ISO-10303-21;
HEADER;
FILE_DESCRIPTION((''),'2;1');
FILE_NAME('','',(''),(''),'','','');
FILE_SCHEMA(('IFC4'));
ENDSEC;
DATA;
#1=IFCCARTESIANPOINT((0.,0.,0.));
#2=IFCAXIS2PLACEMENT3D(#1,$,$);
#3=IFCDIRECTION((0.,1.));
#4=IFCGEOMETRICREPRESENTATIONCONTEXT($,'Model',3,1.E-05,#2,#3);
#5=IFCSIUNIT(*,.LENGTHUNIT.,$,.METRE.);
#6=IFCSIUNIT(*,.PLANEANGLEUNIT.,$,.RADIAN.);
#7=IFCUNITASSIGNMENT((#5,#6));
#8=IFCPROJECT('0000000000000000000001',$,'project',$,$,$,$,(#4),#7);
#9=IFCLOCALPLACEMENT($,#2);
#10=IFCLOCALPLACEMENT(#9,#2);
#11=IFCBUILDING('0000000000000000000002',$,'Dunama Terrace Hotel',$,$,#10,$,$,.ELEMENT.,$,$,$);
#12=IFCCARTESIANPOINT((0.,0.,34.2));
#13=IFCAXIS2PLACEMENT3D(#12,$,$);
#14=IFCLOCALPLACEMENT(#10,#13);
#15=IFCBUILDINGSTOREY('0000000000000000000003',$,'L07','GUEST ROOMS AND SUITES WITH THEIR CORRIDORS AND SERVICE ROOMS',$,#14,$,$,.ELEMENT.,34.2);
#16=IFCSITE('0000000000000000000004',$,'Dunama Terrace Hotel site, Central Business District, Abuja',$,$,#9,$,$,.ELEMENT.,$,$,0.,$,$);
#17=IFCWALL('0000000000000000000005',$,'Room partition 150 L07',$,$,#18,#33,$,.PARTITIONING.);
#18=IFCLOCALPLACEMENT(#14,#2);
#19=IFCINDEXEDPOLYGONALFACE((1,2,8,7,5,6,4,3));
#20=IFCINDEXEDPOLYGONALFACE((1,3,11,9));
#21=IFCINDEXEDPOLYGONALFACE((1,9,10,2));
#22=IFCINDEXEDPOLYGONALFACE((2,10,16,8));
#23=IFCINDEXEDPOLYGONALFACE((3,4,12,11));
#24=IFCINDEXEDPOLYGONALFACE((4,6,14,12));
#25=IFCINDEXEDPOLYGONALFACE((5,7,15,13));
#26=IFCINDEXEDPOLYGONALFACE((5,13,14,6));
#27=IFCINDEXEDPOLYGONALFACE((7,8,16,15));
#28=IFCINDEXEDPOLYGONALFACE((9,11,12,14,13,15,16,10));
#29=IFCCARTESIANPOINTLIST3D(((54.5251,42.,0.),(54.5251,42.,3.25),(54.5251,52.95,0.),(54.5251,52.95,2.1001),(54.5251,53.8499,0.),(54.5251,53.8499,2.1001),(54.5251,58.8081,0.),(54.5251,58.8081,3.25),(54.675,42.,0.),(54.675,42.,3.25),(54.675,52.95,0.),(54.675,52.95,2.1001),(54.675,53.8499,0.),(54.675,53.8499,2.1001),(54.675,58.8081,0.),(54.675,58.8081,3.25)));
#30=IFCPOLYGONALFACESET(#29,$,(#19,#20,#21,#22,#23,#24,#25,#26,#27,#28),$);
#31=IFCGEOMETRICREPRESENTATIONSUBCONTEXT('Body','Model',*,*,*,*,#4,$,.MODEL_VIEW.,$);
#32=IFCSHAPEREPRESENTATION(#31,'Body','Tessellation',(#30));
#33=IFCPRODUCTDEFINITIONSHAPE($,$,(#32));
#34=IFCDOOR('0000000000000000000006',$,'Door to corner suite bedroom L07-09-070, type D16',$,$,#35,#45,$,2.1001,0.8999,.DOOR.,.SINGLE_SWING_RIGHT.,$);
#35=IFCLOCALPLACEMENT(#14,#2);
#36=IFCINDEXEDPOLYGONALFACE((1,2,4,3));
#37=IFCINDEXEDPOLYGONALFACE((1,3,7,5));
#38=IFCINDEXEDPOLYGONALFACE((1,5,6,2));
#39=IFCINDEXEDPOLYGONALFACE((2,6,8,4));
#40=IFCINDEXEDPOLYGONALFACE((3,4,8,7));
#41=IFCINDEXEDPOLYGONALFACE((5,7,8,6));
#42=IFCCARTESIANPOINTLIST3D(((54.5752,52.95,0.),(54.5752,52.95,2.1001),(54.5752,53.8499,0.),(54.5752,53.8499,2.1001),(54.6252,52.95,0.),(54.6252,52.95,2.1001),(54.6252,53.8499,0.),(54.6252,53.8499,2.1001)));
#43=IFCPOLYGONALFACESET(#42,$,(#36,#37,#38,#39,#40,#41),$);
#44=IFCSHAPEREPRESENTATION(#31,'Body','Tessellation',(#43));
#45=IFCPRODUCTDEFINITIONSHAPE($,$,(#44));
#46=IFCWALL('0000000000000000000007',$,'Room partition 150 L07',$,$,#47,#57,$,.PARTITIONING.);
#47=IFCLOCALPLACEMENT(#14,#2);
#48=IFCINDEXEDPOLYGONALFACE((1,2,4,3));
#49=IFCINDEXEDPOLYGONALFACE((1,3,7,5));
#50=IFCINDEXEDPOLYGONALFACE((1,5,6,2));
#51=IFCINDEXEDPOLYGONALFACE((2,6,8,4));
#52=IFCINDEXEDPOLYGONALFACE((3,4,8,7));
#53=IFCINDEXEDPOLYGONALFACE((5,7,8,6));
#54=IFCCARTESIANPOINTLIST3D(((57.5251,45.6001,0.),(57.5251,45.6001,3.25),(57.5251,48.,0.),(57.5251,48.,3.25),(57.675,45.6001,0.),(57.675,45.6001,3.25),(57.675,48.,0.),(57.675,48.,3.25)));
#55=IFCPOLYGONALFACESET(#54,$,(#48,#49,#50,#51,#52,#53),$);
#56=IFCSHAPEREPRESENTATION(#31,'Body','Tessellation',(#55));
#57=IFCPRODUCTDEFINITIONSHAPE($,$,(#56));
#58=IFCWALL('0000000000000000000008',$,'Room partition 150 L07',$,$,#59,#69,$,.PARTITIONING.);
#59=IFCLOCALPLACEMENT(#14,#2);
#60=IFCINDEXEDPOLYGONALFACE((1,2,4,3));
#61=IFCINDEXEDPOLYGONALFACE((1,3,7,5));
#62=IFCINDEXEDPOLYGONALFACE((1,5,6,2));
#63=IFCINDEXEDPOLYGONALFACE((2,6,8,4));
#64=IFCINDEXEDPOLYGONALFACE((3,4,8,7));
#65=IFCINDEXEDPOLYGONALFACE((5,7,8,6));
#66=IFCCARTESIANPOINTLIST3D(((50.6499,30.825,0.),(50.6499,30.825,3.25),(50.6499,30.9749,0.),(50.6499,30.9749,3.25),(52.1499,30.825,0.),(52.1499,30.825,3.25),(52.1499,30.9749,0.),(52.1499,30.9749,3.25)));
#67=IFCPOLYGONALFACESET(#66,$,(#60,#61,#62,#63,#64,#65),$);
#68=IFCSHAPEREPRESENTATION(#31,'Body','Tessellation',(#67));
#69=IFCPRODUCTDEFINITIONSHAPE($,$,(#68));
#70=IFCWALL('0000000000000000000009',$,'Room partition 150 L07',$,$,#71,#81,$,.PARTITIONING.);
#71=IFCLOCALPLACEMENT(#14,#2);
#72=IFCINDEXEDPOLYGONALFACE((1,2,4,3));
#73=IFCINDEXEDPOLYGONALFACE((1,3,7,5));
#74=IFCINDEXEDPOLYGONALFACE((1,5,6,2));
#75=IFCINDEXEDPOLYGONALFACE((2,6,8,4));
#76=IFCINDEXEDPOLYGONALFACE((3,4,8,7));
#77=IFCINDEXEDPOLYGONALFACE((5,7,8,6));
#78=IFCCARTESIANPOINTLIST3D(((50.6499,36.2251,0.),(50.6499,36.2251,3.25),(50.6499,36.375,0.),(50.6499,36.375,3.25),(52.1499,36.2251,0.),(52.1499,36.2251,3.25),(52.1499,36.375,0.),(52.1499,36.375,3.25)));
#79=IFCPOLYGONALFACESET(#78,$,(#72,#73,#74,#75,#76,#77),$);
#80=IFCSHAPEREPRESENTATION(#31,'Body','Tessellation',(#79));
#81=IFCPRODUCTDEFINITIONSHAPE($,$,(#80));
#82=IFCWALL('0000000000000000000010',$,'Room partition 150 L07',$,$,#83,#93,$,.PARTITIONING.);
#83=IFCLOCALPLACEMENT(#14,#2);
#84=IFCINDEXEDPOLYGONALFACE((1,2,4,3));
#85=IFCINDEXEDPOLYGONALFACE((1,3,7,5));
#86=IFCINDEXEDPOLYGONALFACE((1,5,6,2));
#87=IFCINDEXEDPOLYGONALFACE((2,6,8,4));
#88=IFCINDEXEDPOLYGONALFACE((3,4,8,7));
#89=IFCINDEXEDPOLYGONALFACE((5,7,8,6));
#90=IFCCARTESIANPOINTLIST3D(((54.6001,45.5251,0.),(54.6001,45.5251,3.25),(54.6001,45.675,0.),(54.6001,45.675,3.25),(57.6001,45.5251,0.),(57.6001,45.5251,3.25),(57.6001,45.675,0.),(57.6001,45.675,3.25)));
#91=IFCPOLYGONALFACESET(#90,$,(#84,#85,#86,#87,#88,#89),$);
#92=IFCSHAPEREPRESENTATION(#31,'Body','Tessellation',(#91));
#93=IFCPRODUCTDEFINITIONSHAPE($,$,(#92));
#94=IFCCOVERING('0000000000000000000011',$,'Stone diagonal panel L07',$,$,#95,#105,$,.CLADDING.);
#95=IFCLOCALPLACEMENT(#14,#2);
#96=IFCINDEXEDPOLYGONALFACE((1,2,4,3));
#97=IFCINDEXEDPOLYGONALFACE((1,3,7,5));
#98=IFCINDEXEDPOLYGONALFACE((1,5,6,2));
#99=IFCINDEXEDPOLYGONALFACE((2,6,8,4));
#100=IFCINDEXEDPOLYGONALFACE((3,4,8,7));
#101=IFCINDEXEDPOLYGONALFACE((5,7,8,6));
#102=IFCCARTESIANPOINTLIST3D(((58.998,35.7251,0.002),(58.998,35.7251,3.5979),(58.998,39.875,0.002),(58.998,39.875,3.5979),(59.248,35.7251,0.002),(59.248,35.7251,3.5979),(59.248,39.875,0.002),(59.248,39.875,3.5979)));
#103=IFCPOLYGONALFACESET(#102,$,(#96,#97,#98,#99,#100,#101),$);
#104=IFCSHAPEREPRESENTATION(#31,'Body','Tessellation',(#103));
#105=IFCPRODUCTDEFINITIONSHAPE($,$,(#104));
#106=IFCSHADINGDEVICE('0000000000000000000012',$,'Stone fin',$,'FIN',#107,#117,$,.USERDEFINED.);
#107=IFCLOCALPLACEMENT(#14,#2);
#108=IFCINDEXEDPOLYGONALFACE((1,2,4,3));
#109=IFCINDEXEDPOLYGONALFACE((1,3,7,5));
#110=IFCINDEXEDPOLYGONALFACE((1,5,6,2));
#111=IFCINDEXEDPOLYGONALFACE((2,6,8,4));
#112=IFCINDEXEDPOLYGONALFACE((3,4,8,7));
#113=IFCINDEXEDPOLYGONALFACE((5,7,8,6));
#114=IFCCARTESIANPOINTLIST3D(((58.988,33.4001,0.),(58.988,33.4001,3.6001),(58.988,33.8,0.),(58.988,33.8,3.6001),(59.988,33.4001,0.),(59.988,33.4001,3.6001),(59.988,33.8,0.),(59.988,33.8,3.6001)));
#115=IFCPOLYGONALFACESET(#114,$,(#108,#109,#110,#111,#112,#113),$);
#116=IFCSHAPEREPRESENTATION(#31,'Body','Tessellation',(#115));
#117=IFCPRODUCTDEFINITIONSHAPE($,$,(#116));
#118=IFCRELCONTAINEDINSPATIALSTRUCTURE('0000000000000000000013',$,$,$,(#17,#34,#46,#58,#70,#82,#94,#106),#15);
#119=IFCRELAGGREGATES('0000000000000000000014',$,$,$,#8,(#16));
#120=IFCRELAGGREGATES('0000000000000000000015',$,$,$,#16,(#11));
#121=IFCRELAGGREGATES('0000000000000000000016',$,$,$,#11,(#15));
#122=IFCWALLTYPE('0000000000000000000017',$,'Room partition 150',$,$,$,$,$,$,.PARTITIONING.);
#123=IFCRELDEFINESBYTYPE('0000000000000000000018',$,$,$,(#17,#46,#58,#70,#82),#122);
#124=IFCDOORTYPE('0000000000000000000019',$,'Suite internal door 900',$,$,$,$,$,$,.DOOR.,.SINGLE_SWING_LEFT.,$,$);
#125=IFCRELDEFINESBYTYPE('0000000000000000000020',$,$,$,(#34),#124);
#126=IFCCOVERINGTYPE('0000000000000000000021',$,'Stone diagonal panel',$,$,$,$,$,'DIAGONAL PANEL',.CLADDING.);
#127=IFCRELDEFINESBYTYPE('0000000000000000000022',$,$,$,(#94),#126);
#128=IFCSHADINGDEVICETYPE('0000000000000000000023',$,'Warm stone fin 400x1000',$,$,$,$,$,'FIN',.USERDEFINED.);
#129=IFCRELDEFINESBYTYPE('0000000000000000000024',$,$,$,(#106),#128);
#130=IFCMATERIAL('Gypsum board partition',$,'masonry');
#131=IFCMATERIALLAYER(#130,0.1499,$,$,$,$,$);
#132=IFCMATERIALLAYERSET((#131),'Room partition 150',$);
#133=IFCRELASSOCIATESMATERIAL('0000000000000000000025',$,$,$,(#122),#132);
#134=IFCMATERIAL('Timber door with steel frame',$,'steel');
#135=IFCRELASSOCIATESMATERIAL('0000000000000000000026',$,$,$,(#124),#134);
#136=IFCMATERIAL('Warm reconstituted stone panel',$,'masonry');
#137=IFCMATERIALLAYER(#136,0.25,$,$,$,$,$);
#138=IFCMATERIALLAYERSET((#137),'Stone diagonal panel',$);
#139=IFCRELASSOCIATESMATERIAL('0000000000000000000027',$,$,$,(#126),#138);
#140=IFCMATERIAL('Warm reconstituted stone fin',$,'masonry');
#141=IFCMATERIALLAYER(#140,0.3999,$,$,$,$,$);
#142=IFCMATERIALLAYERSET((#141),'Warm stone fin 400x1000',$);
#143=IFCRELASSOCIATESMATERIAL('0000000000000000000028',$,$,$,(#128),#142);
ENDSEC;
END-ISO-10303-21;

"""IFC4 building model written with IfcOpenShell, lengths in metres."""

from ifc_helpers import new_model, si_unit, direction, frame, frame_2d, origin, origin_2d, place, context, subcontext, project, spatial, rectangle, extrude, material, layer, layer_set, type_object, element, fill, save


model = new_model("IFC4")

# Units and contexts
model_context = context("Model", 3, precision=1e-05, world=origin(), true_north=direction((0.0, 1.0)))
body_context = subcontext(model_context, "Body", "Model", "MODEL_VIEW")
ifc_project = project(units=[si_unit("LENGTHUNIT", "METRE"), si_unit("PLANEANGLEUNIT", "RADIAN")], contexts=[model_context])

# Site, building, storey
site_placement = place(None, origin())
site = spatial("IfcSite", under=ifc_project, at=site_placement, Name="Dunama Terrace Hotel site, Central Business District, Abuja", CompositionType="ELEMENT", RefElevation=0.0)
building_placement = place(site_placement, origin())
building = spatial("IfcBuilding", under=site, at=building_placement, Name="Dunama Terrace Hotel", CompositionType="ELEMENT")
storey_placement = place(building_placement, frame((0.0, 0.0, 34.2)))
storey = spatial("IfcBuildingStorey", under=building, at=storey_placement, Name="L07", Description="GUEST ROOMS AND SUITES WITH THEIR CORRIDORS AND SERVICE ROOMS", CompositionType="ELEMENT", Elevation=34.2)

# Shared definitions
ifc_material_1 = material(Name="Gypsum board partition", Category="masonry")
ifc_layer_1 = layer(ifc_material_1, 0.1499)
ifc_layer_set_1 = layer_set([ifc_layer_1], Name="Room partition 150")
wall_type_1 = type_object("IfcWallType", Name="Room partition 150", PredefinedType="PARTITIONING", material=ifc_layer_set_1)

# Shared definitions
ifc_material_2 = material(Name="Timber door with steel frame", Category="steel")
door_type_1 = type_object("IfcDoorType", Name="Suite internal door 900", OperationType="SINGLE_SWING_LEFT", PredefinedType="DOOR", material=ifc_material_2)

# Wall, opening, door
wall_1_placement = place(storey_placement, frame((54.6001, 42.0, 0.0), z_axis=(0.0, 0.0, 1.0), x_axis=(0.0, 1.0, 0.0)))
wall_1 = element("IfcWall", 1, at=wall_1_placement, inside=storey, type_object=wall_type_1, Name="Room partition 150 L07", PredefinedType="PARTITIONING", context=body_context, shape_type="SweptSolid", body=[
    extrude(rectangle(XDim=16.8081, YDim=0.1499, at=frame_2d((8.4041, 0.0))), origin(), (0.0, 0.0, 1.0), 3.25),
])
opening_1_placement = place(wall_1_placement, frame((10.95, 0.0, 0.0)))
opening_1 = element("IfcOpeningElement", 2, at=opening_1_placement, cuts=wall_1, PredefinedType="OPENING", context=body_context, shape_type="SweptSolid", body=[
    extrude(rectangle(XDim=0.8999, YDim=2.1001, at=frame_2d((0.45, 1.05))), frame((0.0, 0.085, 0.0), z_axis=(0.0, -1.0, 0.0), x_axis=(1.0, 0.0, 0.0)), (0.0, 0.0, 1.0), 0.1699),
])
door_1_placement = place(opening_1_placement, frame((0.8999, 0.0, 0.0), z_axis=(0.0, 0.0, 1.0), x_axis=(-1.0, 0.0, 0.0)))
door_1 = element("IfcDoor", 3, at=door_1_placement, inside=storey, type_object=door_type_1, Name="Door to corner suite bedroom L07-09-070, type D16", OperationType="SINGLE_SWING_RIGHT", OverallHeight=2.1001, OverallWidth=0.8999, PredefinedType="DOOR", context=body_context, shape_type="SweptSolid", body=[
    extrude(rectangle(XDim=0.8999, YDim=2.1001, at=frame_2d((0.45, 1.05))), frame((0.0, 0.0251, 0.0), z_axis=(0.0, -1.0, 0.0), x_axis=(1.0, 0.0, 0.0)), (0.0, 0.0, 1.0), 0.05),
])
fill(opening_1, door_1)

# Walls
wall_2_placement = place(storey_placement, frame((57.6001, 45.6001, 0.0), z_axis=(0.0, 0.0, 1.0), x_axis=(0.0, 1.0, 0.0)))
element("IfcWall", 4, at=wall_2_placement, inside=storey, type_object=wall_type_1, Name="Room partition 150 L07", PredefinedType="PARTITIONING", context=body_context, shape_type="SweptSolid", body=[
    extrude(rectangle(XDim=2.3999, YDim=0.1499, at=frame_2d((1.2, 0.0))), origin(), (0.0, 0.0, 1.0), 3.25),
])
for number, where, z_axis, x_axis, name in (
    (5, (50.6499, 30.8999, 0.0), (0.0, 0.0, 1.0), (1.0, 0.0, 0.0), "Room partition 150 L07"),
    (6, (50.6499, 36.3, 0.0), (0.0, 0.0, 1.0), (1.0, 0.0, 0.0), "Room partition 150 L07"),
):
    element("IfcWall", number, at=place(storey_placement, frame(where, z_axis=z_axis, x_axis=x_axis)), inside=storey, type_object=wall_type_1, Name=name, PredefinedType="PARTITIONING", context=body_context, shape_type="SweptSolid", body=[
        extrude(rectangle(XDim=1.5, YDim=0.1499, at=frame_2d((0.75, 0.0))), origin(), (0.0, 0.0, 1.0), 3.25),
    ])
wall_3_placement = place(storey_placement, frame((54.6001, 45.6001, 0.0), z_axis=(0.0, 0.0, 1.0), x_axis=(1.0, 0.0, 0.0)))
element("IfcWall", 7, at=wall_3_placement, inside=storey, type_object=wall_type_1, Name="Room partition 150 L07", PredefinedType="PARTITIONING", context=body_context, shape_type="SweptSolid", body=[
    extrude(rectangle(XDim=3.0, YDim=0.1499, at=frame_2d((1.5, 0.0))), origin(), (0.0, 0.0, 1.0), 3.25),
])

# Covering
ifc_material_3 = material(Name="Warm reconstituted stone panel", Category="masonry")
ifc_layer_2 = layer(ifc_material_3, 0.25)
ifc_layer_set_2 = layer_set([ifc_layer_2], Name="Stone diagonal panel")
covering_type = type_object("IfcCoveringType", Name="Stone diagonal panel", ElementType="DIAGONAL PANEL", PredefinedType="CLADDING", material=ifc_layer_set_2)
covering_placement = place(storey_placement, frame((59.123, 37.8, 0.002), z_axis=(0.0, 0.0, 1.0), x_axis=(0.0, 1.0, 0.0)))
element("IfcCovering", 8, at=covering_placement, inside=storey, type_object=covering_type, Name="Stone diagonal panel L07", PredefinedType="CLADDING", context=body_context, shape_type="SweptSolid", body=[
    extrude(rectangle(XDim=4.1499, YDim=0.25, at=origin_2d()), origin(), (0.0, 0.0, 1.0), 3.5959),
])

# Shading device
ifc_material_4 = material(Name="Warm reconstituted stone fin", Category="masonry")
ifc_layer_3 = layer(ifc_material_4, 0.3999)
ifc_layer_set_3 = layer_set([ifc_layer_3], Name="Warm stone fin 400x1000")
shading_device_type = type_object("IfcShadingDeviceType", Name="Warm stone fin 400x1000", ElementType="FIN", PredefinedType="USERDEFINED", material=ifc_layer_set_3)
shading_device_placement = place(storey_placement, frame((59.488, 33.6001, 0.0), z_axis=(0.0, 0.0, 1.0), x_axis=(0.0, 1.0, 0.0)))
element("IfcShadingDevice", 9, at=shading_device_placement, inside=storey, type_object=shading_device_type, Name="Stone fin", ObjectType="FIN", PredefinedType="USERDEFINED", context=body_context, shape_type="SweptSolid", body=[
    extrude(rectangle(XDim=0.3999, YDim=1.0, at=origin_2d()), origin(), (0.0, 0.0, 1.0), 3.6001),
])

save(model, "model.ifc")
